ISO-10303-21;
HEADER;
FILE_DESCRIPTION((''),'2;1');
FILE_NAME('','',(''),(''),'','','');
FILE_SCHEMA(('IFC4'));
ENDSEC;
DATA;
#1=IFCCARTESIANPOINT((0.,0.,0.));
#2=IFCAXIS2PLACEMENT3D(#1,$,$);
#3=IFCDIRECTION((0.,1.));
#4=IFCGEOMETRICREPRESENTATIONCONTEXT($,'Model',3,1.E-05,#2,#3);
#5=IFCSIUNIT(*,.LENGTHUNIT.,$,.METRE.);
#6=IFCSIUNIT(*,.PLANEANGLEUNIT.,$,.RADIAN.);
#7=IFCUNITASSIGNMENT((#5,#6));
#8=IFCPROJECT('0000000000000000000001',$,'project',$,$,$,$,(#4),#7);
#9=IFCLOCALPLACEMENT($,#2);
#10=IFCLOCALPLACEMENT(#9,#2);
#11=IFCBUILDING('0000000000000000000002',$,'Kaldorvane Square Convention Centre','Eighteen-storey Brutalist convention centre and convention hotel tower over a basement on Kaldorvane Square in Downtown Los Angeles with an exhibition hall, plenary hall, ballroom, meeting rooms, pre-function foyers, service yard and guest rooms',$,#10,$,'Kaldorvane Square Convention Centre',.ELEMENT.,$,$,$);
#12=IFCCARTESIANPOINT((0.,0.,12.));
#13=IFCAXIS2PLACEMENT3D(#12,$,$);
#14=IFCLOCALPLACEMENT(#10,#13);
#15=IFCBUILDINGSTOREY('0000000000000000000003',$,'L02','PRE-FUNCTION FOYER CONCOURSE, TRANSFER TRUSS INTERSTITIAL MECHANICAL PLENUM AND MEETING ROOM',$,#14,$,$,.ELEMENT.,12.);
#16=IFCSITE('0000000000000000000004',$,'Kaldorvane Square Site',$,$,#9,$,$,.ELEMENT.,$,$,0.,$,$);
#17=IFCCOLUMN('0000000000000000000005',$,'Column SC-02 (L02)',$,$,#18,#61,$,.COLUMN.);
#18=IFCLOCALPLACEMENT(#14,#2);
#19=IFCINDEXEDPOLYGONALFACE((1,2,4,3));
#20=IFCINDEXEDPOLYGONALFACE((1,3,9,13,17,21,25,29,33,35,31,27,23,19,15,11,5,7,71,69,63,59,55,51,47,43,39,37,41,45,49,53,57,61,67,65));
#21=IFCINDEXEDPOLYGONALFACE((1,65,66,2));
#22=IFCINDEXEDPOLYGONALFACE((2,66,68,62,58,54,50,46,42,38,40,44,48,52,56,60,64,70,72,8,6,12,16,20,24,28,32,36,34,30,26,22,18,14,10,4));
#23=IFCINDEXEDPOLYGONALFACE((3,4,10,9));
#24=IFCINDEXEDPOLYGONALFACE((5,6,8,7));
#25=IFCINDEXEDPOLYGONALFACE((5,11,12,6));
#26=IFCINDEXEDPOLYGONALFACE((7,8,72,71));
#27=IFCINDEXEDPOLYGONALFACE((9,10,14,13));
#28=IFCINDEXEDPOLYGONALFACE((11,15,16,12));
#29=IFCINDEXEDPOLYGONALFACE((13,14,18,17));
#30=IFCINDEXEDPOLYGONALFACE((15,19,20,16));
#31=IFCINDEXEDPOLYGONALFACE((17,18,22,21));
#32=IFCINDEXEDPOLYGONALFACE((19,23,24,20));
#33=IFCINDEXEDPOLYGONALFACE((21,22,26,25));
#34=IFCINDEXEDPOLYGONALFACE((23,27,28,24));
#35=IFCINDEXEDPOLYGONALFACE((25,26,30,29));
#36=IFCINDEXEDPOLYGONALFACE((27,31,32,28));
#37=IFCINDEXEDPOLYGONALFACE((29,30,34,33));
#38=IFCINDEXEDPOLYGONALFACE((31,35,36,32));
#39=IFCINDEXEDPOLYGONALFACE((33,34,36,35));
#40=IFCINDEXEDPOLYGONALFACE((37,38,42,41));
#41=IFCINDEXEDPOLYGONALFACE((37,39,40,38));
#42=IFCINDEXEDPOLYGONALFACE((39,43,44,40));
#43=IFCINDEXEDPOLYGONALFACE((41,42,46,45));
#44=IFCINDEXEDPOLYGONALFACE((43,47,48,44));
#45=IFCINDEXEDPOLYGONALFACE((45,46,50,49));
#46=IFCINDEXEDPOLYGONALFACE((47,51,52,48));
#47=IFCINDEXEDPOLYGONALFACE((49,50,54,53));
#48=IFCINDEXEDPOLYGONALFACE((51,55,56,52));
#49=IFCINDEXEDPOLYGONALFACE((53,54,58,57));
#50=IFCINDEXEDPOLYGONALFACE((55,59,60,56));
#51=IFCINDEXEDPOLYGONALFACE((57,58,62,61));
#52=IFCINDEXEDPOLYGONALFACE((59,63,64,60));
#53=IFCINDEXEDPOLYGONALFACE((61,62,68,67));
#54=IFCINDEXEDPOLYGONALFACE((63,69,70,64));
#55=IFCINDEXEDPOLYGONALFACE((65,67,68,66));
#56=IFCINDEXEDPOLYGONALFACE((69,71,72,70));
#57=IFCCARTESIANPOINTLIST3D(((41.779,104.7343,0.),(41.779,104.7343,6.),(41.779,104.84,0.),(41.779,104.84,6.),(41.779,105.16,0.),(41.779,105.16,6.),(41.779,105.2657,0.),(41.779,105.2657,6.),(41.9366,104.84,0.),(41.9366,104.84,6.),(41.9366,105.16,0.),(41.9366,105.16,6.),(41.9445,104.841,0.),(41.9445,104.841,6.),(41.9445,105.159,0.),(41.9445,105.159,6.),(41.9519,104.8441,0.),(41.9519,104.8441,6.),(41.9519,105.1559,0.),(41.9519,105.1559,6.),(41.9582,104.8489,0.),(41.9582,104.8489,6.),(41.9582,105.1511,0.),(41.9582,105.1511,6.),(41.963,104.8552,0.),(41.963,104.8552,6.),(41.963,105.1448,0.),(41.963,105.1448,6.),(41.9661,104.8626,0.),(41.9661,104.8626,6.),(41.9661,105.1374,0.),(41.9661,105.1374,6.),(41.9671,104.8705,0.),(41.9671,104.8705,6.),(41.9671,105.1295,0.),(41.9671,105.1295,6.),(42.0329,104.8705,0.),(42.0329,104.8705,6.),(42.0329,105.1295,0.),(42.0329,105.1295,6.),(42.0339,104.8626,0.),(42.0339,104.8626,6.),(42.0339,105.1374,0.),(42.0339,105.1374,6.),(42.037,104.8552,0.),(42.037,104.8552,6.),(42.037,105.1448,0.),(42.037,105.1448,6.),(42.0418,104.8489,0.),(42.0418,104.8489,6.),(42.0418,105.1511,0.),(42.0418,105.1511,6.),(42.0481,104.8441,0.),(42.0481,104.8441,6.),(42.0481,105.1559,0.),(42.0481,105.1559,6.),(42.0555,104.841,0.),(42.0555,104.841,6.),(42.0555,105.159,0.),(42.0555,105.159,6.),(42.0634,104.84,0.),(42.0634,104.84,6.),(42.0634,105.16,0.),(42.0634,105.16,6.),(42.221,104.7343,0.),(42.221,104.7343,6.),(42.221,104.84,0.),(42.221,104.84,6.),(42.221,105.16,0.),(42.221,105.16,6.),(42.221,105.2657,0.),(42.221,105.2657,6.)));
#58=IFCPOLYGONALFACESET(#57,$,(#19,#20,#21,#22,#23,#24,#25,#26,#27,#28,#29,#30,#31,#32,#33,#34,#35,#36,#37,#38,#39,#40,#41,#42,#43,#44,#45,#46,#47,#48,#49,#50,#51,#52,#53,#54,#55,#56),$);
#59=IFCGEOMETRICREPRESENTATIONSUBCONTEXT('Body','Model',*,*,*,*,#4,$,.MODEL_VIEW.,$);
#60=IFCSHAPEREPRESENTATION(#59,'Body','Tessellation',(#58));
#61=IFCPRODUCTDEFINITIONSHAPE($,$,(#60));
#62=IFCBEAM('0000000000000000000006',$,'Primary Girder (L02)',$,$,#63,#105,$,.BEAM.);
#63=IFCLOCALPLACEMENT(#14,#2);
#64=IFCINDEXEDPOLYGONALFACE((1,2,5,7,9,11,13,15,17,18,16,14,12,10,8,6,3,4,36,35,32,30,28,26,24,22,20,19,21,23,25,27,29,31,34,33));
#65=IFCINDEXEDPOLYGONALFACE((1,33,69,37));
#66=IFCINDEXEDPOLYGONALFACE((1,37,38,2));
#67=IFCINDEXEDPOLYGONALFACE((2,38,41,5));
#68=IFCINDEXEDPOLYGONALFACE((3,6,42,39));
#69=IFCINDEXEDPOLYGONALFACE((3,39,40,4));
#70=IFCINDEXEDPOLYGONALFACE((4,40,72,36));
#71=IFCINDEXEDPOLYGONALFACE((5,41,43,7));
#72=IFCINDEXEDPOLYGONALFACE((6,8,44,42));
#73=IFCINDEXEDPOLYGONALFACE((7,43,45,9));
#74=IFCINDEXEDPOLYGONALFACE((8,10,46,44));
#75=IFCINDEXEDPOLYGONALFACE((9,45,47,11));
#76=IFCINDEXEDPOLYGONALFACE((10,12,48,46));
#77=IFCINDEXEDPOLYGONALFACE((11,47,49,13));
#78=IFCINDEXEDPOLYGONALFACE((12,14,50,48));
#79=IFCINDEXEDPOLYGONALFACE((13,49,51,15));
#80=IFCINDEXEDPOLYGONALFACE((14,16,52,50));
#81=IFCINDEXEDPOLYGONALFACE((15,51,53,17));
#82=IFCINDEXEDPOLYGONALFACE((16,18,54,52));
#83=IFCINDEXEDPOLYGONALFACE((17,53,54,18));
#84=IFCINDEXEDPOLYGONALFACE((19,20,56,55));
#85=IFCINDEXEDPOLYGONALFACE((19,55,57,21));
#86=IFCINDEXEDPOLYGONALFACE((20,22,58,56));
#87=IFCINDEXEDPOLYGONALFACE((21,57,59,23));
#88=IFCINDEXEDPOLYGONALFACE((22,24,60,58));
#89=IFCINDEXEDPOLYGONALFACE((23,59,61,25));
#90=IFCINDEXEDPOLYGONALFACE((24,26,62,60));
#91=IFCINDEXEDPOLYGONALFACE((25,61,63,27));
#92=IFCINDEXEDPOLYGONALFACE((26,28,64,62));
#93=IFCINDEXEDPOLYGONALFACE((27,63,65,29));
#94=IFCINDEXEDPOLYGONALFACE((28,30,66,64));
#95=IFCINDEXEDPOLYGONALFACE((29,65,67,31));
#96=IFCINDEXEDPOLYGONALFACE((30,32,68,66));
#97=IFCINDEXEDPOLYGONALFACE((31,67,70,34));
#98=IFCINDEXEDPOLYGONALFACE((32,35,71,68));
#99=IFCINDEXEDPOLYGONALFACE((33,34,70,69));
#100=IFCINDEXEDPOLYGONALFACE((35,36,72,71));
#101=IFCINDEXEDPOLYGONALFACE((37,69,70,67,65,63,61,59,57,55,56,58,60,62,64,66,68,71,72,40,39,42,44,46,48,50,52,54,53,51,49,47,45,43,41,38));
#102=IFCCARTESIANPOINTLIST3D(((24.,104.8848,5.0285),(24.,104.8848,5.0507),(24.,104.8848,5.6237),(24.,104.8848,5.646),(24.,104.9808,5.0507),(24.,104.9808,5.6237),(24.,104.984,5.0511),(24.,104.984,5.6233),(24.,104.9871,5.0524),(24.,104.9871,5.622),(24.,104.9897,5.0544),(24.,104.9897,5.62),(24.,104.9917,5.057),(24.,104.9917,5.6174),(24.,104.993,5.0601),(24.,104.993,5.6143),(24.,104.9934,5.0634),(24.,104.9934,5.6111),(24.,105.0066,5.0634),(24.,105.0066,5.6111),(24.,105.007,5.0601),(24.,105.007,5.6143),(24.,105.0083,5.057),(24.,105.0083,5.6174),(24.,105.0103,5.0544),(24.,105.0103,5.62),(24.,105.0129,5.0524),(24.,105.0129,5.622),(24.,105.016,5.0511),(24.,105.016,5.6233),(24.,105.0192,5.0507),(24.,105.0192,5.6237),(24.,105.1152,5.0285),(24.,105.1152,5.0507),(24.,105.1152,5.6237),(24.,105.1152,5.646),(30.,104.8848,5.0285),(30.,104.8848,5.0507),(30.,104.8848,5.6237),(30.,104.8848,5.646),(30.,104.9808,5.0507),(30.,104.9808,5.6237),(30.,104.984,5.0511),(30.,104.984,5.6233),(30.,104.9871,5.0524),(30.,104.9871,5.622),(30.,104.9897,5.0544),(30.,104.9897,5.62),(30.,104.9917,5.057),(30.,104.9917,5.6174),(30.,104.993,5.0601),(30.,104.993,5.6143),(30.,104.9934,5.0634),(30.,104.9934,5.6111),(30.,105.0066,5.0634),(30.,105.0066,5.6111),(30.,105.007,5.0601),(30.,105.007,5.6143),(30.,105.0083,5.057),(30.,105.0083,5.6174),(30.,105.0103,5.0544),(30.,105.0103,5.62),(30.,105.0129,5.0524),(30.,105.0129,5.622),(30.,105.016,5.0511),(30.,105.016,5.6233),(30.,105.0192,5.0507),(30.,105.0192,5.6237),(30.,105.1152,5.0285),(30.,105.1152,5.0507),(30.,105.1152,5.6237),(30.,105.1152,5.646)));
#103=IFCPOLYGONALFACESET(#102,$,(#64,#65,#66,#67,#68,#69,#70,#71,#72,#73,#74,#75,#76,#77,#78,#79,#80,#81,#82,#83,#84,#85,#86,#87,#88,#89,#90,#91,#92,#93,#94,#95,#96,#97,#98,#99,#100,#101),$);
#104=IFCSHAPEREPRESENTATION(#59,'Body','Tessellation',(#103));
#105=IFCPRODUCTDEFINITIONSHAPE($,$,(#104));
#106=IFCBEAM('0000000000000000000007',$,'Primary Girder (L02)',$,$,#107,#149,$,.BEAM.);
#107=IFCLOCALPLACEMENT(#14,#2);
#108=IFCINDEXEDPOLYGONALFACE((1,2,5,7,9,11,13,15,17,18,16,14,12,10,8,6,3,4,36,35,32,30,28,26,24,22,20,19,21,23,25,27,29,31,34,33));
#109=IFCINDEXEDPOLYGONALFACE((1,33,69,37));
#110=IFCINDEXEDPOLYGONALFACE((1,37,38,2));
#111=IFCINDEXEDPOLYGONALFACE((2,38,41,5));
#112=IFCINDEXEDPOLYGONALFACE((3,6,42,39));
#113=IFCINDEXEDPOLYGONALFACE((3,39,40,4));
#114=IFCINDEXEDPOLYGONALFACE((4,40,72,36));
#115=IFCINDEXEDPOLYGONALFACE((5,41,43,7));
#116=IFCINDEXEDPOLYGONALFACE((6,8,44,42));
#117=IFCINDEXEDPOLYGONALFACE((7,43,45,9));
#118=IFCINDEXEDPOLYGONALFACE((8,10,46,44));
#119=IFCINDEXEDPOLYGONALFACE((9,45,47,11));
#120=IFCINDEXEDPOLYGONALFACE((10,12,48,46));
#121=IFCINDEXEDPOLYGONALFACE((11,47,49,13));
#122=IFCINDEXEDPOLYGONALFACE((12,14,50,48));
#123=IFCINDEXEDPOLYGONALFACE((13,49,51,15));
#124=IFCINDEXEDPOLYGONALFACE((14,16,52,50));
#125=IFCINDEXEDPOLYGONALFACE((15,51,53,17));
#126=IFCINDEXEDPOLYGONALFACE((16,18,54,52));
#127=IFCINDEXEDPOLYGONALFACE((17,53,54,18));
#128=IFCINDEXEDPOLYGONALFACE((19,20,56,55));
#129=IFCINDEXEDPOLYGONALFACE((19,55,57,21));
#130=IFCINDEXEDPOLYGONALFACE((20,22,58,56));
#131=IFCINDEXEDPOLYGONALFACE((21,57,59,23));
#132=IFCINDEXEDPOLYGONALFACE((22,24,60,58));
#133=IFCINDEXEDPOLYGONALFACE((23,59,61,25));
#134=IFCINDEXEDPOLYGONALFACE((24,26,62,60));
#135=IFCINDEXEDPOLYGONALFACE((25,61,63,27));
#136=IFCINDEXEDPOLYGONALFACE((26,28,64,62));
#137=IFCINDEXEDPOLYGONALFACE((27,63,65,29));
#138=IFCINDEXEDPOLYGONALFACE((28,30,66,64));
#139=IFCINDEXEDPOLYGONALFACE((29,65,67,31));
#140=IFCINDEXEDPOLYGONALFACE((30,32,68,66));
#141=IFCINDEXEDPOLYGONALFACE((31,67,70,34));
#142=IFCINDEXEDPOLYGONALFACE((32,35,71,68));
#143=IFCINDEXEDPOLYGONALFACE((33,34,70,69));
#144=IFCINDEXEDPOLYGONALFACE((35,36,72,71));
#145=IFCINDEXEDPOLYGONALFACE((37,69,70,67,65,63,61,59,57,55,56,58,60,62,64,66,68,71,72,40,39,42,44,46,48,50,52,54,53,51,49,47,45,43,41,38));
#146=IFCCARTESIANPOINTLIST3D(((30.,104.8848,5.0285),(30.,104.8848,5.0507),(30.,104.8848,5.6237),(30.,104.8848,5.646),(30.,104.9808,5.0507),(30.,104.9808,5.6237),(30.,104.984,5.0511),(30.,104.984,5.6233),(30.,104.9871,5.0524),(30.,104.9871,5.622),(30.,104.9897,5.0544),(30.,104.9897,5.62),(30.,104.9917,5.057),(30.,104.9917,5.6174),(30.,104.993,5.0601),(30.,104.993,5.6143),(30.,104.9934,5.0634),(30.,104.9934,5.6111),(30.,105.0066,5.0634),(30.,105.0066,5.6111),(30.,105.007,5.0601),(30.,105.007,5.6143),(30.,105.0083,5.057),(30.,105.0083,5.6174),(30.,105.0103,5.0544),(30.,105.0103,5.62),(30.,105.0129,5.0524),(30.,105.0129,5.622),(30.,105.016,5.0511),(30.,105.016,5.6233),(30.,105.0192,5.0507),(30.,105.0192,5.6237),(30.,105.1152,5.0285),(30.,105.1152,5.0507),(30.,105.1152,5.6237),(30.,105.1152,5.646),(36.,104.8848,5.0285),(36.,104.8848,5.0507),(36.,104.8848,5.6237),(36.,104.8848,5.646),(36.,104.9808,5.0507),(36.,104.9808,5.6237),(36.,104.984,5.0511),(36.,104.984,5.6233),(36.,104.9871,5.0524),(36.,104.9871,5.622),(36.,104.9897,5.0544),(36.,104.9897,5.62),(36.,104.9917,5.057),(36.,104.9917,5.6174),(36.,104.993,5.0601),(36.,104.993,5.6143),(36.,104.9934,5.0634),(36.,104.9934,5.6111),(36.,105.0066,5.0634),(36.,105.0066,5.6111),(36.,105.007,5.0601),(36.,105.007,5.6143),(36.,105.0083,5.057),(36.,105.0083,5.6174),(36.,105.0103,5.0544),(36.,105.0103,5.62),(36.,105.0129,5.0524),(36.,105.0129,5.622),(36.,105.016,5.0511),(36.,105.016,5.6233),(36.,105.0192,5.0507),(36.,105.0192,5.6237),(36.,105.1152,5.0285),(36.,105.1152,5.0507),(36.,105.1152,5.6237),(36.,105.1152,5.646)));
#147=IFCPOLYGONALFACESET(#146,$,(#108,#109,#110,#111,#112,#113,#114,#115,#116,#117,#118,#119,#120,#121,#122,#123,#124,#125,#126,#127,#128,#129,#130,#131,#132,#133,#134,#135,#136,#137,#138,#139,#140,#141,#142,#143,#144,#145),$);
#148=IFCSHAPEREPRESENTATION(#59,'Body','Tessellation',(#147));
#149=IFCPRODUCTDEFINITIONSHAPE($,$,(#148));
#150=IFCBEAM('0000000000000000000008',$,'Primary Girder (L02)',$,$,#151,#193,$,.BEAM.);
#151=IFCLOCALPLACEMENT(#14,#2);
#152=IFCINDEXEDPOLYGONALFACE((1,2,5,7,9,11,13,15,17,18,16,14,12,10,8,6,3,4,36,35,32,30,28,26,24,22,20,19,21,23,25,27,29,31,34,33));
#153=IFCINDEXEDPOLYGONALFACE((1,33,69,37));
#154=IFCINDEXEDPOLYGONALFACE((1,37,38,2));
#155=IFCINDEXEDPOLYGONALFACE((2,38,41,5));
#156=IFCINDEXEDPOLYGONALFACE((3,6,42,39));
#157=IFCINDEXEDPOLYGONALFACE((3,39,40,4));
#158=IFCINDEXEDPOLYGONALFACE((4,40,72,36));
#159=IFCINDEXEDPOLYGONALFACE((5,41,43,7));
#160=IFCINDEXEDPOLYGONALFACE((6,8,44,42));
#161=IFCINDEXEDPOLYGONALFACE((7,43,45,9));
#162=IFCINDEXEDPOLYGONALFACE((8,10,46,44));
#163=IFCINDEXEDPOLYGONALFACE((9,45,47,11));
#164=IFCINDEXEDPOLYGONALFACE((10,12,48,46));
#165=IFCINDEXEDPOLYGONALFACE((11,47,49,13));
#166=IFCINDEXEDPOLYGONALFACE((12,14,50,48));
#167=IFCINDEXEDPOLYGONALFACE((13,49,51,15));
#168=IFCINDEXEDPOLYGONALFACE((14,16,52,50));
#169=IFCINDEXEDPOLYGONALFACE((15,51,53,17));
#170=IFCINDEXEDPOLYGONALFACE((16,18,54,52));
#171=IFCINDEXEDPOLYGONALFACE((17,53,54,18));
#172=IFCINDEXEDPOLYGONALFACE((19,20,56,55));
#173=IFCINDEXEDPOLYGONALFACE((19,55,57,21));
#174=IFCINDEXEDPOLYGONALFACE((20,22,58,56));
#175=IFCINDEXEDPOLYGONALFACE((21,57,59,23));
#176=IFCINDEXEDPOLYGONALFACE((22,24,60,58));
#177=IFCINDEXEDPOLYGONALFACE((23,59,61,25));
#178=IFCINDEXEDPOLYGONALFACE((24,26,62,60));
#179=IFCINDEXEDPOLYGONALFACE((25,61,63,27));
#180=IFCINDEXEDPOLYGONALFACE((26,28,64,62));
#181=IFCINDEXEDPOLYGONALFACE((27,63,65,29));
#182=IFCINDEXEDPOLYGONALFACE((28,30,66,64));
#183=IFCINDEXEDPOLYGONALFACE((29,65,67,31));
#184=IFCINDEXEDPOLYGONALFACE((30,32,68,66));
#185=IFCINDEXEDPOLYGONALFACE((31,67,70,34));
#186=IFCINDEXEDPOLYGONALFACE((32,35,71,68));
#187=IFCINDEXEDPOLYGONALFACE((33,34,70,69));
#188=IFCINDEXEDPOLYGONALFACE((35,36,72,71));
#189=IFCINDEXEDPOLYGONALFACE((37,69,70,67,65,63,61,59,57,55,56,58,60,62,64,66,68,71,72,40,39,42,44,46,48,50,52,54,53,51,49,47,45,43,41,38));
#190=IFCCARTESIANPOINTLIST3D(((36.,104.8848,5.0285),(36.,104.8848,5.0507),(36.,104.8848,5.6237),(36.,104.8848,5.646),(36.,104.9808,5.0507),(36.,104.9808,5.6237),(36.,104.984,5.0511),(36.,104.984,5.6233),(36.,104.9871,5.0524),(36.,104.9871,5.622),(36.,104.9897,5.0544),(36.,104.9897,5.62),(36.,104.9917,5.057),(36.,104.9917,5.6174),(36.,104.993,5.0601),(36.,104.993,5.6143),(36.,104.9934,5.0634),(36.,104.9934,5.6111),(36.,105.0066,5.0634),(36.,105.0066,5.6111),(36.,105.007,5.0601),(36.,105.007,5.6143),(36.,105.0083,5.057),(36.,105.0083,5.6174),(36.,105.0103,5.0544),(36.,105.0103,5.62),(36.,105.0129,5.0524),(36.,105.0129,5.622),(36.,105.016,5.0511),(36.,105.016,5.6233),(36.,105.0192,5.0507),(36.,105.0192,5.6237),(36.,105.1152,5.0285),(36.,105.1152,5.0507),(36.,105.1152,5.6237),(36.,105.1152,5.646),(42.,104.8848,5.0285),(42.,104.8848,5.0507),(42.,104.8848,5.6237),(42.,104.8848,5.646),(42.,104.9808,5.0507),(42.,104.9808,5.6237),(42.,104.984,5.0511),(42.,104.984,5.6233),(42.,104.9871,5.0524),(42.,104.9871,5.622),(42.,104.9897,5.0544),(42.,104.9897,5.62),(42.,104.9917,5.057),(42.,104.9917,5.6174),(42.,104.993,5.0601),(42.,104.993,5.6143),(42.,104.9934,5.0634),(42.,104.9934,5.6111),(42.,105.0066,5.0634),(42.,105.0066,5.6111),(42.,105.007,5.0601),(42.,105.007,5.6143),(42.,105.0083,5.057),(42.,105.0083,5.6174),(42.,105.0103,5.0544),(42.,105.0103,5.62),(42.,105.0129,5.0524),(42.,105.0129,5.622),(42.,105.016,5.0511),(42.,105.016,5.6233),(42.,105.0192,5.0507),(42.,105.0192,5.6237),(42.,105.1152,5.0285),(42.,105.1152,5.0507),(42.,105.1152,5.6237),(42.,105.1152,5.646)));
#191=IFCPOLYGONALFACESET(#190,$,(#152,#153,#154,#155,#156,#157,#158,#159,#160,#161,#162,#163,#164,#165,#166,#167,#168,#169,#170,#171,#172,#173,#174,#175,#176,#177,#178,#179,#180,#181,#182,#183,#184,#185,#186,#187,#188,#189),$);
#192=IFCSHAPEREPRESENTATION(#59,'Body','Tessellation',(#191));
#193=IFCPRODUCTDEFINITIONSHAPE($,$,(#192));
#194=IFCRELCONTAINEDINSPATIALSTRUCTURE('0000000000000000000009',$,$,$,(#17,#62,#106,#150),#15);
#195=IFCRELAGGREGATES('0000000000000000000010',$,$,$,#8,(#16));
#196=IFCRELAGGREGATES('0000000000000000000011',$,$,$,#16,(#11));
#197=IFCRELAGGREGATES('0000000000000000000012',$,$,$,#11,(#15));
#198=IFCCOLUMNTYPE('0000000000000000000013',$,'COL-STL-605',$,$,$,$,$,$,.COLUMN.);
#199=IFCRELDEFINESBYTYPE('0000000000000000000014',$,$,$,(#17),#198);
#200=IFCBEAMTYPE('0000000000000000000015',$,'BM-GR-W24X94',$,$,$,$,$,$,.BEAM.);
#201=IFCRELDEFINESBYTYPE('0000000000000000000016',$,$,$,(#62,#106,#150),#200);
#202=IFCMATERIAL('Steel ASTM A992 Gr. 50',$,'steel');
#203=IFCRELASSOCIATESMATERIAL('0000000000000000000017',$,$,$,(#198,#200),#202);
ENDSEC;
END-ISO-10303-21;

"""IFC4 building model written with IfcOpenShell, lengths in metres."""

from ifc_helpers import new_model, si_unit, direction, frame, origin, origin_2d, place, context, subcontext, project, spatial, i_section, extrude, material, material_profile, profile_set, type_object, element, save


model = new_model("IFC4")

# Units and contexts
model_context = context("Model", 3, precision=1e-05, world=origin(), true_north=direction((0.0, 1.0)))
body_context = subcontext(model_context, "Body", "Model", "MODEL_VIEW")
ifc_project = project(units=[si_unit("LENGTHUNIT", "METRE"), si_unit("PLANEANGLEUNIT", "RADIAN")], contexts=[model_context])

# Site, building, storey
site_placement = place(None, origin())
site = spatial("IfcSite", under=ifc_project, at=site_placement, Name="Kaldorvane Square Site", CompositionType="ELEMENT", RefElevation=0.0)
building_placement = place(site_placement, origin())
building = spatial("IfcBuilding", under=site, at=building_placement, Name="Kaldorvane Square Convention Centre", Description="Eighteen-storey Brutalist convention centre and convention hotel tower over a basement on Kaldorvane Square in Downtown Los Angeles with an exhibition hall, plenary hall, ballroom, meeting rooms, pre-function foyers, service yard and guest rooms", LongName="Kaldorvane Square Convention Centre", CompositionType="ELEMENT")
storey_placement = place(building_placement, frame((0.0, 0.0, 12.0)))
storey = spatial("IfcBuildingStorey", under=building, at=storey_placement, Name="L02", Description="PRE-FUNCTION FOYER CONCOURSE, TRANSFER TRUSS INTERSTITIAL MECHANICAL PLENUM AND MEETING ROOM", CompositionType="ELEMENT", Elevation=12.0)

# Column
ifc_material_1 = material(Name="Steel ASTM A992 Gr. 50", Category="steel")
ifc_material_profile_1 = material_profile(ifc_material_1, i_section(OverallWidth=0.442, OverallDepth=0.5314, WebThickness=0.0658, FlangeThickness=0.1057, FilletRadius=0.0305, at=origin_2d()), Name="W14X605")
ifc_profile_set_1 = profile_set([ifc_material_profile_1], Name="Steel ASTM A992 Gr. 50")
column_type_1 = type_object("IfcColumnType", Name="COL-STL-605", PredefinedType="COLUMN", material=ifc_profile_set_1)
for number, where, z_axis, x_axis, name in (
    (1, (42.0, 105.0, 0.0), (0.0, 0.0, 1.0), (1.0, 0.0, 0.0), "Column SC-02 (L02)"),
):
    element("IfcColumn", number, at=place(storey_placement, frame(where, z_axis=z_axis, x_axis=x_axis)), inside=storey, type_object=column_type_1, Name=name, PredefinedType="COLUMN", context=body_context, shape_type="SweptSolid", body=[
        extrude(i_section(OverallWidth=0.442, OverallDepth=0.5314, WebThickness=0.0658, FlangeThickness=0.1057, FilletRadius=0.0305, at=origin_2d()), origin(), (0.0, 0.0, 1.0), 6.0),
    ])

# Beams
ifc_material_profile_2 = material_profile(ifc_material_1, i_section(OverallWidth=0.2303, OverallDepth=0.6175, WebThickness=0.0131, FlangeThickness=0.0222, FilletRadius=0.0127, at=origin_2d()), Name="W24X94")
ifc_profile_set_2 = profile_set([ifc_material_profile_2], Name="Steel ASTM A992 Gr. 50")
beam_type_1 = type_object("IfcBeamType", Name="BM-GR-W24X94", PredefinedType="BEAM", material=ifc_profile_set_2)
for number, where, z_axis, x_axis, name in (
    (2, (24.0, 105.0, 5.3372), (1.0, 0.0, 0.0), (0.0, 1.0, 0.0), "Primary Girder (L02)"),
    (3, (30.0, 105.0, 5.3372), (1.0, 0.0, 0.0), (0.0, 1.0, 0.0), "Primary Girder (L02)"),
    (4, (36.0, 105.0, 5.3372), (1.0, 0.0, 0.0), (0.0, 1.0, 0.0), "Primary Girder (L02)"),
):
    element("IfcBeam", number, at=place(storey_placement, frame(where, z_axis=z_axis, x_axis=x_axis)), inside=storey, type_object=beam_type_1, Name=name, PredefinedType="BEAM", context=body_context, shape_type="SweptSolid", body=[
        extrude(i_section(OverallWidth=0.2303, OverallDepth=0.6175, WebThickness=0.0131, FlangeThickness=0.0222, FilletRadius=0.0127, at=origin_2d()), origin(), (0.0, 0.0, 1.0), 6.0),
    ])

save(model, "model.ifc")
